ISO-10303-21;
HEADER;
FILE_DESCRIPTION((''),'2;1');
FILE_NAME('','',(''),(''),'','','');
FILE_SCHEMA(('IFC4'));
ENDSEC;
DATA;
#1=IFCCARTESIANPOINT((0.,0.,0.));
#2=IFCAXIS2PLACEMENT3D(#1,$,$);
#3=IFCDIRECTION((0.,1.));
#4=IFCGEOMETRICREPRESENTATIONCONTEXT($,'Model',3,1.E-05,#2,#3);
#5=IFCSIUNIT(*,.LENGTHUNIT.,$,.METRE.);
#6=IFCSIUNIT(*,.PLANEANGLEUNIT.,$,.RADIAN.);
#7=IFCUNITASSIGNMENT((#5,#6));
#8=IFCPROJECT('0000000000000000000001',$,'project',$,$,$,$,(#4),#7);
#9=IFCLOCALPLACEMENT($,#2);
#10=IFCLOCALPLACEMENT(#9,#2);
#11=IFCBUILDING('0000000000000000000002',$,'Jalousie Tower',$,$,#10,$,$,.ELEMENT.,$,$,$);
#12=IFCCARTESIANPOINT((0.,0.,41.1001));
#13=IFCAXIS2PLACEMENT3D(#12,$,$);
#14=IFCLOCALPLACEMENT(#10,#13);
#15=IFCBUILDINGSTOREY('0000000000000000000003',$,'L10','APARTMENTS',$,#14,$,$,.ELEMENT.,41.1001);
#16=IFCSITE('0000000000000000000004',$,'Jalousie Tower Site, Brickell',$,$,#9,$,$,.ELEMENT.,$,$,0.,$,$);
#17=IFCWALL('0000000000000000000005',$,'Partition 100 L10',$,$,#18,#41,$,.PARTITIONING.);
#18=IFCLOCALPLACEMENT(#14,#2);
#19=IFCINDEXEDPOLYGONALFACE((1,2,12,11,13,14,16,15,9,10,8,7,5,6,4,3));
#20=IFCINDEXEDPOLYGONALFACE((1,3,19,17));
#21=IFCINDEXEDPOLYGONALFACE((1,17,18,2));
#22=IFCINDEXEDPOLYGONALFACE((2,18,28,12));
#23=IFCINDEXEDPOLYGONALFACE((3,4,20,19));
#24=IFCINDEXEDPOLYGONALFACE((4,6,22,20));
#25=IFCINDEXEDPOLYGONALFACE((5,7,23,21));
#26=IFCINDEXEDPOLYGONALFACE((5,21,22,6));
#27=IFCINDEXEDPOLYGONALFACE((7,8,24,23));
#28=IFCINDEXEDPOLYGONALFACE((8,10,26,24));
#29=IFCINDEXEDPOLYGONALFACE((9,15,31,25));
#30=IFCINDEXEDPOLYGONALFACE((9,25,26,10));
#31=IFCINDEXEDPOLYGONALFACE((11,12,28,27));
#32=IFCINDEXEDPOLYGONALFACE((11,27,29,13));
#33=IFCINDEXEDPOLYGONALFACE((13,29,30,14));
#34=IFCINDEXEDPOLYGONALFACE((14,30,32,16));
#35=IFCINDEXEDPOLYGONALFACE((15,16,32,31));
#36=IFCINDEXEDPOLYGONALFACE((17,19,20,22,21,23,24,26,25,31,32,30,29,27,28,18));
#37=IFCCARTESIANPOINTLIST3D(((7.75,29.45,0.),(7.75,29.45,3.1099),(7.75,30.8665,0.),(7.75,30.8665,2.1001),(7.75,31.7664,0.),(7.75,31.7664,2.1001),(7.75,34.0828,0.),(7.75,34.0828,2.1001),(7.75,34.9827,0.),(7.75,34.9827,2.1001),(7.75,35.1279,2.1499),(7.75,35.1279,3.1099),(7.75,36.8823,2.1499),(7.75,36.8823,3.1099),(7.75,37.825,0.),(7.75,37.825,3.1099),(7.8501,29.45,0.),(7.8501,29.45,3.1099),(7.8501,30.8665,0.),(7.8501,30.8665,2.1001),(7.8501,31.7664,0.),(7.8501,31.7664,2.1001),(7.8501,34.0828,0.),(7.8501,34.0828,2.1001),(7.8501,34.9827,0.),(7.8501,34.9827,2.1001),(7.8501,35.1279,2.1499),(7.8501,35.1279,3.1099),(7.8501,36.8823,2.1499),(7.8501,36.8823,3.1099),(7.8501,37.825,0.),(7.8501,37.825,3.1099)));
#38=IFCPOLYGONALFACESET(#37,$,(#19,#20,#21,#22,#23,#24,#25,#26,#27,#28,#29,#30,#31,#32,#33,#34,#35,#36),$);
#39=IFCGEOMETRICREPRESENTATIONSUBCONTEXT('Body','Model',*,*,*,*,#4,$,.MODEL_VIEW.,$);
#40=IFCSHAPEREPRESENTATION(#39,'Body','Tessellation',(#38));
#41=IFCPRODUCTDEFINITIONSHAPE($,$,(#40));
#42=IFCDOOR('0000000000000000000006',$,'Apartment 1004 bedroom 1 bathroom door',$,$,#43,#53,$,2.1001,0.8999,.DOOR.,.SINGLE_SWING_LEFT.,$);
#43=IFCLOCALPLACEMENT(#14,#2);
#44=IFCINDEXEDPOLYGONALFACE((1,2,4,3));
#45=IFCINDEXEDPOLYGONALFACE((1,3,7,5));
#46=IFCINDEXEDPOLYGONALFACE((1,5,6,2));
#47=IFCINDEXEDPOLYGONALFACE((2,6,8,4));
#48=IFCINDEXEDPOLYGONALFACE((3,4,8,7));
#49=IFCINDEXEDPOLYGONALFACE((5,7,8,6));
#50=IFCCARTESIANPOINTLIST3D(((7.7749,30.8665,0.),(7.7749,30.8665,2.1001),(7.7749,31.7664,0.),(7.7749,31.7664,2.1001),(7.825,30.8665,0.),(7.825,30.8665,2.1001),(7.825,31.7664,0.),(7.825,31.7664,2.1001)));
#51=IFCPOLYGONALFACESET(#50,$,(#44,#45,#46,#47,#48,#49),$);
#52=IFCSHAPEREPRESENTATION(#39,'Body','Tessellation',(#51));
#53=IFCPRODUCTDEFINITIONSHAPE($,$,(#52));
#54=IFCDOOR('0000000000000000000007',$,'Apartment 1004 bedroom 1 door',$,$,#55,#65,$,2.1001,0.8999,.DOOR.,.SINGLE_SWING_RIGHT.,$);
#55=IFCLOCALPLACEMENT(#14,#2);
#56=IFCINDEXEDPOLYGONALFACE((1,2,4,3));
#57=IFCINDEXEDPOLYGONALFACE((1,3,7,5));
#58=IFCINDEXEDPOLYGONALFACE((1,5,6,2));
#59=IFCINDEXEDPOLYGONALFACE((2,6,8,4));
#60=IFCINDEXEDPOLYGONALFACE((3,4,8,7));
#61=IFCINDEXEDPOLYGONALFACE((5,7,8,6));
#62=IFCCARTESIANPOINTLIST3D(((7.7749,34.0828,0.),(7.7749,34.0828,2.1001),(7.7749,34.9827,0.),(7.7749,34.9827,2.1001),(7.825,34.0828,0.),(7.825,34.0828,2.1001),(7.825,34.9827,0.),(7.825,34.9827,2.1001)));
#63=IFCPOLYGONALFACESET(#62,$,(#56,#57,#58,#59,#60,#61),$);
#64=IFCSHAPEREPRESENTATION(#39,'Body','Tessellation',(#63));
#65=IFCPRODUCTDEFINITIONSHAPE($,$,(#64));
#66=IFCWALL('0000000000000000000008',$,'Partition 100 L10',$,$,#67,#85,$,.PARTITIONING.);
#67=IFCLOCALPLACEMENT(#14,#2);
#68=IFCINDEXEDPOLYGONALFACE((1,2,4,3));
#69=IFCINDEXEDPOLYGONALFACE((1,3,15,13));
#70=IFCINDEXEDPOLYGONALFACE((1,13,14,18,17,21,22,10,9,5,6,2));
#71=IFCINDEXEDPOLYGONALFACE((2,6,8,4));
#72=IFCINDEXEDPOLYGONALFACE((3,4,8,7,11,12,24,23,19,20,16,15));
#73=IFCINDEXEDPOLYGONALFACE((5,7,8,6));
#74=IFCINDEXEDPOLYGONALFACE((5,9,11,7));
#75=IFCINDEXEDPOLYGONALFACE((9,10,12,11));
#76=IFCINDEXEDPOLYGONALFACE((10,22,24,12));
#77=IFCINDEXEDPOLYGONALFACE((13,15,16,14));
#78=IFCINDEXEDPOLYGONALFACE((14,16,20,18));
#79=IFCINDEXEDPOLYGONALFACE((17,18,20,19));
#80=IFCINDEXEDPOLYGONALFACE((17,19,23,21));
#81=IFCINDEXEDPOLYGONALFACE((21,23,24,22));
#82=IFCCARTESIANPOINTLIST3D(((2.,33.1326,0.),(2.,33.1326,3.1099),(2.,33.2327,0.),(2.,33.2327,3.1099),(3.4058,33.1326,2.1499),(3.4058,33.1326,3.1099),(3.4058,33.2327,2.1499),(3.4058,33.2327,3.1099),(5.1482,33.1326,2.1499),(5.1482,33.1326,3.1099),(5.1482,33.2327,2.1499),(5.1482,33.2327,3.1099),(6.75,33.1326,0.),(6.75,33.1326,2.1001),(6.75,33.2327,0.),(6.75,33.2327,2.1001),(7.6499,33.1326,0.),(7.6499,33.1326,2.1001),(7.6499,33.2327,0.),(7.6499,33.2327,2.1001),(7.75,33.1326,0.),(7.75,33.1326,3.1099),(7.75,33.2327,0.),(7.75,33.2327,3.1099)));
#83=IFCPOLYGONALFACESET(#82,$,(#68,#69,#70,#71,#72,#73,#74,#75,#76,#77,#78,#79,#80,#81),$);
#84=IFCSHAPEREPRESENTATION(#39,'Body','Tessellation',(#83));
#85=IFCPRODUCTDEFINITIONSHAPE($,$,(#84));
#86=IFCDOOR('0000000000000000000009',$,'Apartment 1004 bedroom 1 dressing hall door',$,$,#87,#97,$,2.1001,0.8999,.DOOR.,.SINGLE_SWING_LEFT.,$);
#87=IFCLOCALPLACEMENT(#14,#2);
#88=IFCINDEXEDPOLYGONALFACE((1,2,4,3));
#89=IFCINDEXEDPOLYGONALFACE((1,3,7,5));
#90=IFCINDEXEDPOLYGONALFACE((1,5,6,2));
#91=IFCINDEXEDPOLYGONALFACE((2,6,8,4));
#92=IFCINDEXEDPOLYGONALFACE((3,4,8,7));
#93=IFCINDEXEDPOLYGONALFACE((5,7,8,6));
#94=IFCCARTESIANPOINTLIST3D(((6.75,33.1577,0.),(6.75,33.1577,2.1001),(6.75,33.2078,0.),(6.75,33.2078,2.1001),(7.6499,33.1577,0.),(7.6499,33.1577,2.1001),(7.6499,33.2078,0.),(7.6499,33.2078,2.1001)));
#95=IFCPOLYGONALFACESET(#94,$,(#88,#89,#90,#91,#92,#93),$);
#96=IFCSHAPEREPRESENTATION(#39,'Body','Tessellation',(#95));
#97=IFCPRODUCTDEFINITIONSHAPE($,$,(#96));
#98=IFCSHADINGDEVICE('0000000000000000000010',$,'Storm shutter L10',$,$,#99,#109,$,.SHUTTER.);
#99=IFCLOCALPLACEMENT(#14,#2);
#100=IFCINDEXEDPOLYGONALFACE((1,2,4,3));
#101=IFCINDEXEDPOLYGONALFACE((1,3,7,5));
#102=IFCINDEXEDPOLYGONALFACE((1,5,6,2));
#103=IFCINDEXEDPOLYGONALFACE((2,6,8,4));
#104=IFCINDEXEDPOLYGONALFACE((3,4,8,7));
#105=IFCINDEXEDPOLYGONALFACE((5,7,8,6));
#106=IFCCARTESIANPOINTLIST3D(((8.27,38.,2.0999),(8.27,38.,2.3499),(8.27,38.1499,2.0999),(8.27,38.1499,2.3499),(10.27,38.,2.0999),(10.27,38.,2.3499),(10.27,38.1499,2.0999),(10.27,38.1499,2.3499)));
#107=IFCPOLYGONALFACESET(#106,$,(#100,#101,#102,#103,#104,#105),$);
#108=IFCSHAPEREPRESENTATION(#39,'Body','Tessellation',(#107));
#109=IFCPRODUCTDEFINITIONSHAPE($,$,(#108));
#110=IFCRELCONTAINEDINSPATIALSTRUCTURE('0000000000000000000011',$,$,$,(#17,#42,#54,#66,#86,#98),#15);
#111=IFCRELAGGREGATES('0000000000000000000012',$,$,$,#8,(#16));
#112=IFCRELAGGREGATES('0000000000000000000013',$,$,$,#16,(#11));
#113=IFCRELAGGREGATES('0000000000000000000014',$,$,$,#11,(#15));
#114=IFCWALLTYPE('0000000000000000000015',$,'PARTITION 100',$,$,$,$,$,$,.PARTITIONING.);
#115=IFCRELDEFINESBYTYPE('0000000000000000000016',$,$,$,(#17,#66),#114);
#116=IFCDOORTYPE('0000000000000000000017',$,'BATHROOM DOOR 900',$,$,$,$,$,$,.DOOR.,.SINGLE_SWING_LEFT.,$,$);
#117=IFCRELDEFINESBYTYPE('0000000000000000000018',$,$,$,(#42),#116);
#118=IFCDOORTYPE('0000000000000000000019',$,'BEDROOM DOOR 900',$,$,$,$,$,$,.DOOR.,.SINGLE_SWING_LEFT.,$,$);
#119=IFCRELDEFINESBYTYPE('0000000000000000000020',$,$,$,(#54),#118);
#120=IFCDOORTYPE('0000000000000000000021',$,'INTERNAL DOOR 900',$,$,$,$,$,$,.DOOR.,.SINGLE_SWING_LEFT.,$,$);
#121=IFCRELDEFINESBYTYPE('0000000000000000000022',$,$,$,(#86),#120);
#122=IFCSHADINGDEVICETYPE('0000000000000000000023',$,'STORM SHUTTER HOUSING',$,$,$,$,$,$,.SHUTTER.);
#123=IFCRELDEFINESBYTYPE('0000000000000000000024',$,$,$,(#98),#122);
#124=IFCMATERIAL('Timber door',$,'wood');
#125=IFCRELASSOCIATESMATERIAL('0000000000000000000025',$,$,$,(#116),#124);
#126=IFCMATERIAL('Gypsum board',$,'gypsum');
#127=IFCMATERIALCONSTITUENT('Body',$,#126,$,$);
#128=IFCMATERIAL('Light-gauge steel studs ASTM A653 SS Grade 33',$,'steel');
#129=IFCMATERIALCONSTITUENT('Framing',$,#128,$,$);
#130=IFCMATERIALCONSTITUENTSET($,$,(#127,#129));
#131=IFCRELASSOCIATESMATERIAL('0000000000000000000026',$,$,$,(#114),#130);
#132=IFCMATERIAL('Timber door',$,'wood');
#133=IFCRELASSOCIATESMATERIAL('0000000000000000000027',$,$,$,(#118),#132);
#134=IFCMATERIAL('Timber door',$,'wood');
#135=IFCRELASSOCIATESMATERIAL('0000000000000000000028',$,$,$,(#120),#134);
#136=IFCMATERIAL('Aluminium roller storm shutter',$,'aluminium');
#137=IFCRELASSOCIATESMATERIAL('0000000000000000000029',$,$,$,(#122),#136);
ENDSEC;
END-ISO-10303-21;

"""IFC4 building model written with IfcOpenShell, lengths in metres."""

from ifc_helpers import new_model, si_unit, direction, frame, frame_2d, origin, origin_2d, place, context, subcontext, project, spatial, polyline, rectangle, outline, extrude, material, constituent, constituent_set, type_object, element, fill, save


model = new_model("IFC4")

# Units and contexts
model_context = context("Model", 3, precision=1e-05, world=origin(), true_north=direction((0.0, 1.0)))
body_context = subcontext(model_context, "Body", "Model", "MODEL_VIEW")
ifc_project = project(units=[si_unit("LENGTHUNIT", "METRE"), si_unit("PLANEANGLEUNIT", "RADIAN")], contexts=[model_context])

# Site, building, storey
site_placement = place(None, origin())
site = spatial("IfcSite", under=ifc_project, at=site_placement, Name="Jalousie Tower Site, Brickell", CompositionType="ELEMENT", RefElevation=0.0)
building_placement = place(site_placement, origin())
building = spatial("IfcBuilding", under=site, at=building_placement, Name="Jalousie Tower", CompositionType="ELEMENT")
storey_placement = place(building_placement, frame((0.0, 0.0, 41.1001)))
storey = spatial("IfcBuildingStorey", under=building, at=storey_placement, Name="L10", Description="APARTMENTS", CompositionType="ELEMENT", Elevation=41.1001)

# Shared definitions
ifc_material_1 = material(Name="Timber door", Category="wood")
door_type_1 = type_object("IfcDoorType", Name="BATHROOM DOOR 900", OperationType="SINGLE_SWING_LEFT", PredefinedType="DOOR", material=ifc_material_1)

# Wall, openings, doors
ifc_material_2 = material(Name="Gypsum board", Category="gypsum")
ifc_constituent_1 = constituent(ifc_material_2, Name="Body")
ifc_material_3 = material(Name="Light-gauge steel studs ASTM A653 SS Grade 33", Category="steel")
ifc_constituent_2 = constituent(ifc_material_3, Name="Framing")
ifc_constituent_set_1 = constituent_set(constituents=[ifc_constituent_1, ifc_constituent_2])
wall_type_1 = type_object("IfcWallType", Name="PARTITION 100", PredefinedType="PARTITIONING", material=ifc_constituent_set_1)
wall_1_placement = place(storey_placement, frame((7.8, 37.825, 0.0), z_axis=(0.0, 0.0, 1.0), x_axis=(0.0, -1.0, 0.0)))
wall_1 = element("IfcWall", 1, at=wall_1_placement, inside=storey, type_object=wall_type_1, Name="Partition 100 L10", PredefinedType="PARTITIONING", context=body_context, shape_type="SweptSolid", body=[
    extrude(outline(polyline([(0.0, 0.0), (8.375, 0.0), (8.375, 3.1099), (2.697, 3.1099), (2.697, 2.1499), (0.9426, 2.1499), (0.9426, 3.1099), (0.0, 3.1099), (0.0, 0.0)])), frame((0.0, 0.05, 0.0), z_axis=(0.0, -1.0, 0.0), x_axis=(1.0, 0.0, 0.0)), (0.0, 0.0, 1.0), 0.1001),
])
opening_1_placement = place(wall_1_placement, frame((2.8423, 0.0, 0.0)))
opening_1 = element("IfcOpeningElement", 2, at=opening_1_placement, cuts=wall_1, PredefinedType="OPENING", context=body_context, shape_type="SweptSolid", body=[
    extrude(rectangle(XDim=0.8999, YDim=2.1001, at=frame_2d((0.45, 1.05))), frame((0.0, 0.0601, 0.0), z_axis=(0.0, -1.0, 0.0), x_axis=(1.0, 0.0, 0.0)), (0.0, 0.0, 1.0), 0.1201),
])
opening_2_placement = place(wall_1_placement, frame((6.0586, 0.0, 0.0)))
opening_2 = element("IfcOpeningElement", 3, at=opening_2_placement, cuts=wall_1, PredefinedType="OPENING", context=body_context, shape_type="SweptSolid", body=[
    extrude(rectangle(XDim=0.8999, YDim=2.1001, at=frame_2d((0.45, 1.05))), frame((0.0, 0.0601, 0.0), z_axis=(0.0, -1.0, 0.0), x_axis=(1.0, 0.0, 0.0)), (0.0, 0.0, 1.0), 0.1201),
])
door_1_placement = place(opening_2_placement, origin())
door_1 = element("IfcDoor", 4, at=door_1_placement, inside=storey, type_object=door_type_1, Name="Apartment 1004 bedroom 1 bathroom door", OperationType="SINGLE_SWING_LEFT", OverallHeight=2.1001, OverallWidth=0.8999, PredefinedType="DOOR", context=body_context, shape_type="SweptSolid", body=[
    extrude(rectangle(XDim=0.8999, YDim=2.1001, at=frame_2d((0.45, 1.05))), frame((0.0, 0.0249, 0.0), z_axis=(0.0, -1.0, 0.0), x_axis=(1.0, 0.0, 0.0)), (0.0, 0.0, 1.0), 0.05),
])
fill(opening_2, door_1)
ifc_material_4 = material(Name="Timber door", Category="wood")
door_type_2 = type_object("IfcDoorType", Name="BEDROOM DOOR 900", OperationType="SINGLE_SWING_LEFT", PredefinedType="DOOR", material=ifc_material_4)
door_2_placement = place(opening_1_placement, origin())
door_2 = element("IfcDoor", 5, at=door_2_placement, inside=storey, type_object=door_type_2, Name="Apartment 1004 bedroom 1 door", OperationType="SINGLE_SWING_RIGHT", OverallHeight=2.1001, OverallWidth=0.8999, PredefinedType="DOOR", context=body_context, shape_type="SweptSolid", body=[
    extrude(rectangle(XDim=0.8999, YDim=2.1001, at=frame_2d((0.45, 1.05))), frame((0.0, 0.0249, 0.0), z_axis=(0.0, -1.0, 0.0), x_axis=(1.0, 0.0, 0.0)), (0.0, 0.0, 1.0), 0.05),
])
fill(opening_1, door_2)

# Wall, opening, door
wall_2_placement = place(storey_placement, frame((2.0, 33.1826, 0.0), z_axis=(0.0, 0.0, 1.0), x_axis=(1.0, 0.0, 0.0)))
wall_2 = element("IfcWall", 6, at=wall_2_placement, inside=storey, type_object=wall_type_1, Name="Partition 100 L10", PredefinedType="PARTITIONING", context=body_context, shape_type="SweptSolid", body=[
    extrude(outline(polyline([(0.0, 0.0), (5.75, 0.0), (5.75, 3.1099), (3.1482, 3.1099), (3.1482, 2.1499), (1.4058, 2.1499), (1.4058, 3.1099), (0.0, 3.1099), (0.0, 0.0)])), frame((0.0, 0.05, 0.0), z_axis=(0.0, -1.0, 0.0), x_axis=(1.0, 0.0, 0.0)), (0.0, 0.0, 1.0), 0.1001),
])
opening_3_placement = place(wall_2_placement, frame((4.75, 0.0, 0.0)))
opening_3 = element("IfcOpeningElement", 7, at=opening_3_placement, cuts=wall_2, PredefinedType="OPENING", context=body_context, shape_type="SweptSolid", body=[
    extrude(rectangle(XDim=0.8999, YDim=2.1001, at=frame_2d((0.45, 1.05))), frame((0.0, 0.0601, 0.0), z_axis=(0.0, -1.0, 0.0), x_axis=(1.0, 0.0, 0.0)), (0.0, 0.0, 1.0), 0.1201),
])
ifc_material_5 = material(Name="Timber door", Category="wood")
door_type_3 = type_object("IfcDoorType", Name="INTERNAL DOOR 900", OperationType="SINGLE_SWING_LEFT", PredefinedType="DOOR", material=ifc_material_5)
door_3_placement = place(opening_3_placement, frame((0.8999, 0.0, 0.0), z_axis=(0.0, 0.0, 1.0), x_axis=(-1.0, 0.0, 0.0)))
door_3 = element("IfcDoor", 8, at=door_3_placement, inside=storey, type_object=door_type_3, Name="Apartment 1004 bedroom 1 dressing hall door", OperationType="SINGLE_SWING_LEFT", OverallHeight=2.1001, OverallWidth=0.8999, PredefinedType="DOOR", context=body_context, shape_type="SweptSolid", body=[
    extrude(rectangle(XDim=0.8999, YDim=2.1001, at=frame_2d((0.45, 1.05))), frame((0.0, 0.0249, 0.0), z_axis=(0.0, -1.0, 0.0), x_axis=(1.0, 0.0, 0.0)), (0.0, 0.0, 1.0), 0.05),
])
fill(opening_3, door_3)

# Shading device
ifc_material_6 = material(Name="Aluminium roller storm shutter", Category="aluminium")
shading_device_type = type_object("IfcShadingDeviceType", Name="STORM SHUTTER HOUSING", PredefinedType="SHUTTER", material=ifc_material_6)
shading_device_placement = place(storey_placement, frame((9.27, 38.075, 2.0999), z_axis=(0.0, 0.0, 1.0), x_axis=(-1.0, 0.0, 0.0)))
element("IfcShadingDevice", 9, at=shading_device_placement, inside=storey, type_object=shading_device_type, Name="Storm shutter L10", PredefinedType="SHUTTER", context=body_context, shape_type="SweptSolid", body=[
    extrude(rectangle(XDim=2.0, YDim=0.1499, at=origin_2d()), origin(), (0.0, 0.0, 1.0), 0.25),
])

save(model, "model.ifc")
